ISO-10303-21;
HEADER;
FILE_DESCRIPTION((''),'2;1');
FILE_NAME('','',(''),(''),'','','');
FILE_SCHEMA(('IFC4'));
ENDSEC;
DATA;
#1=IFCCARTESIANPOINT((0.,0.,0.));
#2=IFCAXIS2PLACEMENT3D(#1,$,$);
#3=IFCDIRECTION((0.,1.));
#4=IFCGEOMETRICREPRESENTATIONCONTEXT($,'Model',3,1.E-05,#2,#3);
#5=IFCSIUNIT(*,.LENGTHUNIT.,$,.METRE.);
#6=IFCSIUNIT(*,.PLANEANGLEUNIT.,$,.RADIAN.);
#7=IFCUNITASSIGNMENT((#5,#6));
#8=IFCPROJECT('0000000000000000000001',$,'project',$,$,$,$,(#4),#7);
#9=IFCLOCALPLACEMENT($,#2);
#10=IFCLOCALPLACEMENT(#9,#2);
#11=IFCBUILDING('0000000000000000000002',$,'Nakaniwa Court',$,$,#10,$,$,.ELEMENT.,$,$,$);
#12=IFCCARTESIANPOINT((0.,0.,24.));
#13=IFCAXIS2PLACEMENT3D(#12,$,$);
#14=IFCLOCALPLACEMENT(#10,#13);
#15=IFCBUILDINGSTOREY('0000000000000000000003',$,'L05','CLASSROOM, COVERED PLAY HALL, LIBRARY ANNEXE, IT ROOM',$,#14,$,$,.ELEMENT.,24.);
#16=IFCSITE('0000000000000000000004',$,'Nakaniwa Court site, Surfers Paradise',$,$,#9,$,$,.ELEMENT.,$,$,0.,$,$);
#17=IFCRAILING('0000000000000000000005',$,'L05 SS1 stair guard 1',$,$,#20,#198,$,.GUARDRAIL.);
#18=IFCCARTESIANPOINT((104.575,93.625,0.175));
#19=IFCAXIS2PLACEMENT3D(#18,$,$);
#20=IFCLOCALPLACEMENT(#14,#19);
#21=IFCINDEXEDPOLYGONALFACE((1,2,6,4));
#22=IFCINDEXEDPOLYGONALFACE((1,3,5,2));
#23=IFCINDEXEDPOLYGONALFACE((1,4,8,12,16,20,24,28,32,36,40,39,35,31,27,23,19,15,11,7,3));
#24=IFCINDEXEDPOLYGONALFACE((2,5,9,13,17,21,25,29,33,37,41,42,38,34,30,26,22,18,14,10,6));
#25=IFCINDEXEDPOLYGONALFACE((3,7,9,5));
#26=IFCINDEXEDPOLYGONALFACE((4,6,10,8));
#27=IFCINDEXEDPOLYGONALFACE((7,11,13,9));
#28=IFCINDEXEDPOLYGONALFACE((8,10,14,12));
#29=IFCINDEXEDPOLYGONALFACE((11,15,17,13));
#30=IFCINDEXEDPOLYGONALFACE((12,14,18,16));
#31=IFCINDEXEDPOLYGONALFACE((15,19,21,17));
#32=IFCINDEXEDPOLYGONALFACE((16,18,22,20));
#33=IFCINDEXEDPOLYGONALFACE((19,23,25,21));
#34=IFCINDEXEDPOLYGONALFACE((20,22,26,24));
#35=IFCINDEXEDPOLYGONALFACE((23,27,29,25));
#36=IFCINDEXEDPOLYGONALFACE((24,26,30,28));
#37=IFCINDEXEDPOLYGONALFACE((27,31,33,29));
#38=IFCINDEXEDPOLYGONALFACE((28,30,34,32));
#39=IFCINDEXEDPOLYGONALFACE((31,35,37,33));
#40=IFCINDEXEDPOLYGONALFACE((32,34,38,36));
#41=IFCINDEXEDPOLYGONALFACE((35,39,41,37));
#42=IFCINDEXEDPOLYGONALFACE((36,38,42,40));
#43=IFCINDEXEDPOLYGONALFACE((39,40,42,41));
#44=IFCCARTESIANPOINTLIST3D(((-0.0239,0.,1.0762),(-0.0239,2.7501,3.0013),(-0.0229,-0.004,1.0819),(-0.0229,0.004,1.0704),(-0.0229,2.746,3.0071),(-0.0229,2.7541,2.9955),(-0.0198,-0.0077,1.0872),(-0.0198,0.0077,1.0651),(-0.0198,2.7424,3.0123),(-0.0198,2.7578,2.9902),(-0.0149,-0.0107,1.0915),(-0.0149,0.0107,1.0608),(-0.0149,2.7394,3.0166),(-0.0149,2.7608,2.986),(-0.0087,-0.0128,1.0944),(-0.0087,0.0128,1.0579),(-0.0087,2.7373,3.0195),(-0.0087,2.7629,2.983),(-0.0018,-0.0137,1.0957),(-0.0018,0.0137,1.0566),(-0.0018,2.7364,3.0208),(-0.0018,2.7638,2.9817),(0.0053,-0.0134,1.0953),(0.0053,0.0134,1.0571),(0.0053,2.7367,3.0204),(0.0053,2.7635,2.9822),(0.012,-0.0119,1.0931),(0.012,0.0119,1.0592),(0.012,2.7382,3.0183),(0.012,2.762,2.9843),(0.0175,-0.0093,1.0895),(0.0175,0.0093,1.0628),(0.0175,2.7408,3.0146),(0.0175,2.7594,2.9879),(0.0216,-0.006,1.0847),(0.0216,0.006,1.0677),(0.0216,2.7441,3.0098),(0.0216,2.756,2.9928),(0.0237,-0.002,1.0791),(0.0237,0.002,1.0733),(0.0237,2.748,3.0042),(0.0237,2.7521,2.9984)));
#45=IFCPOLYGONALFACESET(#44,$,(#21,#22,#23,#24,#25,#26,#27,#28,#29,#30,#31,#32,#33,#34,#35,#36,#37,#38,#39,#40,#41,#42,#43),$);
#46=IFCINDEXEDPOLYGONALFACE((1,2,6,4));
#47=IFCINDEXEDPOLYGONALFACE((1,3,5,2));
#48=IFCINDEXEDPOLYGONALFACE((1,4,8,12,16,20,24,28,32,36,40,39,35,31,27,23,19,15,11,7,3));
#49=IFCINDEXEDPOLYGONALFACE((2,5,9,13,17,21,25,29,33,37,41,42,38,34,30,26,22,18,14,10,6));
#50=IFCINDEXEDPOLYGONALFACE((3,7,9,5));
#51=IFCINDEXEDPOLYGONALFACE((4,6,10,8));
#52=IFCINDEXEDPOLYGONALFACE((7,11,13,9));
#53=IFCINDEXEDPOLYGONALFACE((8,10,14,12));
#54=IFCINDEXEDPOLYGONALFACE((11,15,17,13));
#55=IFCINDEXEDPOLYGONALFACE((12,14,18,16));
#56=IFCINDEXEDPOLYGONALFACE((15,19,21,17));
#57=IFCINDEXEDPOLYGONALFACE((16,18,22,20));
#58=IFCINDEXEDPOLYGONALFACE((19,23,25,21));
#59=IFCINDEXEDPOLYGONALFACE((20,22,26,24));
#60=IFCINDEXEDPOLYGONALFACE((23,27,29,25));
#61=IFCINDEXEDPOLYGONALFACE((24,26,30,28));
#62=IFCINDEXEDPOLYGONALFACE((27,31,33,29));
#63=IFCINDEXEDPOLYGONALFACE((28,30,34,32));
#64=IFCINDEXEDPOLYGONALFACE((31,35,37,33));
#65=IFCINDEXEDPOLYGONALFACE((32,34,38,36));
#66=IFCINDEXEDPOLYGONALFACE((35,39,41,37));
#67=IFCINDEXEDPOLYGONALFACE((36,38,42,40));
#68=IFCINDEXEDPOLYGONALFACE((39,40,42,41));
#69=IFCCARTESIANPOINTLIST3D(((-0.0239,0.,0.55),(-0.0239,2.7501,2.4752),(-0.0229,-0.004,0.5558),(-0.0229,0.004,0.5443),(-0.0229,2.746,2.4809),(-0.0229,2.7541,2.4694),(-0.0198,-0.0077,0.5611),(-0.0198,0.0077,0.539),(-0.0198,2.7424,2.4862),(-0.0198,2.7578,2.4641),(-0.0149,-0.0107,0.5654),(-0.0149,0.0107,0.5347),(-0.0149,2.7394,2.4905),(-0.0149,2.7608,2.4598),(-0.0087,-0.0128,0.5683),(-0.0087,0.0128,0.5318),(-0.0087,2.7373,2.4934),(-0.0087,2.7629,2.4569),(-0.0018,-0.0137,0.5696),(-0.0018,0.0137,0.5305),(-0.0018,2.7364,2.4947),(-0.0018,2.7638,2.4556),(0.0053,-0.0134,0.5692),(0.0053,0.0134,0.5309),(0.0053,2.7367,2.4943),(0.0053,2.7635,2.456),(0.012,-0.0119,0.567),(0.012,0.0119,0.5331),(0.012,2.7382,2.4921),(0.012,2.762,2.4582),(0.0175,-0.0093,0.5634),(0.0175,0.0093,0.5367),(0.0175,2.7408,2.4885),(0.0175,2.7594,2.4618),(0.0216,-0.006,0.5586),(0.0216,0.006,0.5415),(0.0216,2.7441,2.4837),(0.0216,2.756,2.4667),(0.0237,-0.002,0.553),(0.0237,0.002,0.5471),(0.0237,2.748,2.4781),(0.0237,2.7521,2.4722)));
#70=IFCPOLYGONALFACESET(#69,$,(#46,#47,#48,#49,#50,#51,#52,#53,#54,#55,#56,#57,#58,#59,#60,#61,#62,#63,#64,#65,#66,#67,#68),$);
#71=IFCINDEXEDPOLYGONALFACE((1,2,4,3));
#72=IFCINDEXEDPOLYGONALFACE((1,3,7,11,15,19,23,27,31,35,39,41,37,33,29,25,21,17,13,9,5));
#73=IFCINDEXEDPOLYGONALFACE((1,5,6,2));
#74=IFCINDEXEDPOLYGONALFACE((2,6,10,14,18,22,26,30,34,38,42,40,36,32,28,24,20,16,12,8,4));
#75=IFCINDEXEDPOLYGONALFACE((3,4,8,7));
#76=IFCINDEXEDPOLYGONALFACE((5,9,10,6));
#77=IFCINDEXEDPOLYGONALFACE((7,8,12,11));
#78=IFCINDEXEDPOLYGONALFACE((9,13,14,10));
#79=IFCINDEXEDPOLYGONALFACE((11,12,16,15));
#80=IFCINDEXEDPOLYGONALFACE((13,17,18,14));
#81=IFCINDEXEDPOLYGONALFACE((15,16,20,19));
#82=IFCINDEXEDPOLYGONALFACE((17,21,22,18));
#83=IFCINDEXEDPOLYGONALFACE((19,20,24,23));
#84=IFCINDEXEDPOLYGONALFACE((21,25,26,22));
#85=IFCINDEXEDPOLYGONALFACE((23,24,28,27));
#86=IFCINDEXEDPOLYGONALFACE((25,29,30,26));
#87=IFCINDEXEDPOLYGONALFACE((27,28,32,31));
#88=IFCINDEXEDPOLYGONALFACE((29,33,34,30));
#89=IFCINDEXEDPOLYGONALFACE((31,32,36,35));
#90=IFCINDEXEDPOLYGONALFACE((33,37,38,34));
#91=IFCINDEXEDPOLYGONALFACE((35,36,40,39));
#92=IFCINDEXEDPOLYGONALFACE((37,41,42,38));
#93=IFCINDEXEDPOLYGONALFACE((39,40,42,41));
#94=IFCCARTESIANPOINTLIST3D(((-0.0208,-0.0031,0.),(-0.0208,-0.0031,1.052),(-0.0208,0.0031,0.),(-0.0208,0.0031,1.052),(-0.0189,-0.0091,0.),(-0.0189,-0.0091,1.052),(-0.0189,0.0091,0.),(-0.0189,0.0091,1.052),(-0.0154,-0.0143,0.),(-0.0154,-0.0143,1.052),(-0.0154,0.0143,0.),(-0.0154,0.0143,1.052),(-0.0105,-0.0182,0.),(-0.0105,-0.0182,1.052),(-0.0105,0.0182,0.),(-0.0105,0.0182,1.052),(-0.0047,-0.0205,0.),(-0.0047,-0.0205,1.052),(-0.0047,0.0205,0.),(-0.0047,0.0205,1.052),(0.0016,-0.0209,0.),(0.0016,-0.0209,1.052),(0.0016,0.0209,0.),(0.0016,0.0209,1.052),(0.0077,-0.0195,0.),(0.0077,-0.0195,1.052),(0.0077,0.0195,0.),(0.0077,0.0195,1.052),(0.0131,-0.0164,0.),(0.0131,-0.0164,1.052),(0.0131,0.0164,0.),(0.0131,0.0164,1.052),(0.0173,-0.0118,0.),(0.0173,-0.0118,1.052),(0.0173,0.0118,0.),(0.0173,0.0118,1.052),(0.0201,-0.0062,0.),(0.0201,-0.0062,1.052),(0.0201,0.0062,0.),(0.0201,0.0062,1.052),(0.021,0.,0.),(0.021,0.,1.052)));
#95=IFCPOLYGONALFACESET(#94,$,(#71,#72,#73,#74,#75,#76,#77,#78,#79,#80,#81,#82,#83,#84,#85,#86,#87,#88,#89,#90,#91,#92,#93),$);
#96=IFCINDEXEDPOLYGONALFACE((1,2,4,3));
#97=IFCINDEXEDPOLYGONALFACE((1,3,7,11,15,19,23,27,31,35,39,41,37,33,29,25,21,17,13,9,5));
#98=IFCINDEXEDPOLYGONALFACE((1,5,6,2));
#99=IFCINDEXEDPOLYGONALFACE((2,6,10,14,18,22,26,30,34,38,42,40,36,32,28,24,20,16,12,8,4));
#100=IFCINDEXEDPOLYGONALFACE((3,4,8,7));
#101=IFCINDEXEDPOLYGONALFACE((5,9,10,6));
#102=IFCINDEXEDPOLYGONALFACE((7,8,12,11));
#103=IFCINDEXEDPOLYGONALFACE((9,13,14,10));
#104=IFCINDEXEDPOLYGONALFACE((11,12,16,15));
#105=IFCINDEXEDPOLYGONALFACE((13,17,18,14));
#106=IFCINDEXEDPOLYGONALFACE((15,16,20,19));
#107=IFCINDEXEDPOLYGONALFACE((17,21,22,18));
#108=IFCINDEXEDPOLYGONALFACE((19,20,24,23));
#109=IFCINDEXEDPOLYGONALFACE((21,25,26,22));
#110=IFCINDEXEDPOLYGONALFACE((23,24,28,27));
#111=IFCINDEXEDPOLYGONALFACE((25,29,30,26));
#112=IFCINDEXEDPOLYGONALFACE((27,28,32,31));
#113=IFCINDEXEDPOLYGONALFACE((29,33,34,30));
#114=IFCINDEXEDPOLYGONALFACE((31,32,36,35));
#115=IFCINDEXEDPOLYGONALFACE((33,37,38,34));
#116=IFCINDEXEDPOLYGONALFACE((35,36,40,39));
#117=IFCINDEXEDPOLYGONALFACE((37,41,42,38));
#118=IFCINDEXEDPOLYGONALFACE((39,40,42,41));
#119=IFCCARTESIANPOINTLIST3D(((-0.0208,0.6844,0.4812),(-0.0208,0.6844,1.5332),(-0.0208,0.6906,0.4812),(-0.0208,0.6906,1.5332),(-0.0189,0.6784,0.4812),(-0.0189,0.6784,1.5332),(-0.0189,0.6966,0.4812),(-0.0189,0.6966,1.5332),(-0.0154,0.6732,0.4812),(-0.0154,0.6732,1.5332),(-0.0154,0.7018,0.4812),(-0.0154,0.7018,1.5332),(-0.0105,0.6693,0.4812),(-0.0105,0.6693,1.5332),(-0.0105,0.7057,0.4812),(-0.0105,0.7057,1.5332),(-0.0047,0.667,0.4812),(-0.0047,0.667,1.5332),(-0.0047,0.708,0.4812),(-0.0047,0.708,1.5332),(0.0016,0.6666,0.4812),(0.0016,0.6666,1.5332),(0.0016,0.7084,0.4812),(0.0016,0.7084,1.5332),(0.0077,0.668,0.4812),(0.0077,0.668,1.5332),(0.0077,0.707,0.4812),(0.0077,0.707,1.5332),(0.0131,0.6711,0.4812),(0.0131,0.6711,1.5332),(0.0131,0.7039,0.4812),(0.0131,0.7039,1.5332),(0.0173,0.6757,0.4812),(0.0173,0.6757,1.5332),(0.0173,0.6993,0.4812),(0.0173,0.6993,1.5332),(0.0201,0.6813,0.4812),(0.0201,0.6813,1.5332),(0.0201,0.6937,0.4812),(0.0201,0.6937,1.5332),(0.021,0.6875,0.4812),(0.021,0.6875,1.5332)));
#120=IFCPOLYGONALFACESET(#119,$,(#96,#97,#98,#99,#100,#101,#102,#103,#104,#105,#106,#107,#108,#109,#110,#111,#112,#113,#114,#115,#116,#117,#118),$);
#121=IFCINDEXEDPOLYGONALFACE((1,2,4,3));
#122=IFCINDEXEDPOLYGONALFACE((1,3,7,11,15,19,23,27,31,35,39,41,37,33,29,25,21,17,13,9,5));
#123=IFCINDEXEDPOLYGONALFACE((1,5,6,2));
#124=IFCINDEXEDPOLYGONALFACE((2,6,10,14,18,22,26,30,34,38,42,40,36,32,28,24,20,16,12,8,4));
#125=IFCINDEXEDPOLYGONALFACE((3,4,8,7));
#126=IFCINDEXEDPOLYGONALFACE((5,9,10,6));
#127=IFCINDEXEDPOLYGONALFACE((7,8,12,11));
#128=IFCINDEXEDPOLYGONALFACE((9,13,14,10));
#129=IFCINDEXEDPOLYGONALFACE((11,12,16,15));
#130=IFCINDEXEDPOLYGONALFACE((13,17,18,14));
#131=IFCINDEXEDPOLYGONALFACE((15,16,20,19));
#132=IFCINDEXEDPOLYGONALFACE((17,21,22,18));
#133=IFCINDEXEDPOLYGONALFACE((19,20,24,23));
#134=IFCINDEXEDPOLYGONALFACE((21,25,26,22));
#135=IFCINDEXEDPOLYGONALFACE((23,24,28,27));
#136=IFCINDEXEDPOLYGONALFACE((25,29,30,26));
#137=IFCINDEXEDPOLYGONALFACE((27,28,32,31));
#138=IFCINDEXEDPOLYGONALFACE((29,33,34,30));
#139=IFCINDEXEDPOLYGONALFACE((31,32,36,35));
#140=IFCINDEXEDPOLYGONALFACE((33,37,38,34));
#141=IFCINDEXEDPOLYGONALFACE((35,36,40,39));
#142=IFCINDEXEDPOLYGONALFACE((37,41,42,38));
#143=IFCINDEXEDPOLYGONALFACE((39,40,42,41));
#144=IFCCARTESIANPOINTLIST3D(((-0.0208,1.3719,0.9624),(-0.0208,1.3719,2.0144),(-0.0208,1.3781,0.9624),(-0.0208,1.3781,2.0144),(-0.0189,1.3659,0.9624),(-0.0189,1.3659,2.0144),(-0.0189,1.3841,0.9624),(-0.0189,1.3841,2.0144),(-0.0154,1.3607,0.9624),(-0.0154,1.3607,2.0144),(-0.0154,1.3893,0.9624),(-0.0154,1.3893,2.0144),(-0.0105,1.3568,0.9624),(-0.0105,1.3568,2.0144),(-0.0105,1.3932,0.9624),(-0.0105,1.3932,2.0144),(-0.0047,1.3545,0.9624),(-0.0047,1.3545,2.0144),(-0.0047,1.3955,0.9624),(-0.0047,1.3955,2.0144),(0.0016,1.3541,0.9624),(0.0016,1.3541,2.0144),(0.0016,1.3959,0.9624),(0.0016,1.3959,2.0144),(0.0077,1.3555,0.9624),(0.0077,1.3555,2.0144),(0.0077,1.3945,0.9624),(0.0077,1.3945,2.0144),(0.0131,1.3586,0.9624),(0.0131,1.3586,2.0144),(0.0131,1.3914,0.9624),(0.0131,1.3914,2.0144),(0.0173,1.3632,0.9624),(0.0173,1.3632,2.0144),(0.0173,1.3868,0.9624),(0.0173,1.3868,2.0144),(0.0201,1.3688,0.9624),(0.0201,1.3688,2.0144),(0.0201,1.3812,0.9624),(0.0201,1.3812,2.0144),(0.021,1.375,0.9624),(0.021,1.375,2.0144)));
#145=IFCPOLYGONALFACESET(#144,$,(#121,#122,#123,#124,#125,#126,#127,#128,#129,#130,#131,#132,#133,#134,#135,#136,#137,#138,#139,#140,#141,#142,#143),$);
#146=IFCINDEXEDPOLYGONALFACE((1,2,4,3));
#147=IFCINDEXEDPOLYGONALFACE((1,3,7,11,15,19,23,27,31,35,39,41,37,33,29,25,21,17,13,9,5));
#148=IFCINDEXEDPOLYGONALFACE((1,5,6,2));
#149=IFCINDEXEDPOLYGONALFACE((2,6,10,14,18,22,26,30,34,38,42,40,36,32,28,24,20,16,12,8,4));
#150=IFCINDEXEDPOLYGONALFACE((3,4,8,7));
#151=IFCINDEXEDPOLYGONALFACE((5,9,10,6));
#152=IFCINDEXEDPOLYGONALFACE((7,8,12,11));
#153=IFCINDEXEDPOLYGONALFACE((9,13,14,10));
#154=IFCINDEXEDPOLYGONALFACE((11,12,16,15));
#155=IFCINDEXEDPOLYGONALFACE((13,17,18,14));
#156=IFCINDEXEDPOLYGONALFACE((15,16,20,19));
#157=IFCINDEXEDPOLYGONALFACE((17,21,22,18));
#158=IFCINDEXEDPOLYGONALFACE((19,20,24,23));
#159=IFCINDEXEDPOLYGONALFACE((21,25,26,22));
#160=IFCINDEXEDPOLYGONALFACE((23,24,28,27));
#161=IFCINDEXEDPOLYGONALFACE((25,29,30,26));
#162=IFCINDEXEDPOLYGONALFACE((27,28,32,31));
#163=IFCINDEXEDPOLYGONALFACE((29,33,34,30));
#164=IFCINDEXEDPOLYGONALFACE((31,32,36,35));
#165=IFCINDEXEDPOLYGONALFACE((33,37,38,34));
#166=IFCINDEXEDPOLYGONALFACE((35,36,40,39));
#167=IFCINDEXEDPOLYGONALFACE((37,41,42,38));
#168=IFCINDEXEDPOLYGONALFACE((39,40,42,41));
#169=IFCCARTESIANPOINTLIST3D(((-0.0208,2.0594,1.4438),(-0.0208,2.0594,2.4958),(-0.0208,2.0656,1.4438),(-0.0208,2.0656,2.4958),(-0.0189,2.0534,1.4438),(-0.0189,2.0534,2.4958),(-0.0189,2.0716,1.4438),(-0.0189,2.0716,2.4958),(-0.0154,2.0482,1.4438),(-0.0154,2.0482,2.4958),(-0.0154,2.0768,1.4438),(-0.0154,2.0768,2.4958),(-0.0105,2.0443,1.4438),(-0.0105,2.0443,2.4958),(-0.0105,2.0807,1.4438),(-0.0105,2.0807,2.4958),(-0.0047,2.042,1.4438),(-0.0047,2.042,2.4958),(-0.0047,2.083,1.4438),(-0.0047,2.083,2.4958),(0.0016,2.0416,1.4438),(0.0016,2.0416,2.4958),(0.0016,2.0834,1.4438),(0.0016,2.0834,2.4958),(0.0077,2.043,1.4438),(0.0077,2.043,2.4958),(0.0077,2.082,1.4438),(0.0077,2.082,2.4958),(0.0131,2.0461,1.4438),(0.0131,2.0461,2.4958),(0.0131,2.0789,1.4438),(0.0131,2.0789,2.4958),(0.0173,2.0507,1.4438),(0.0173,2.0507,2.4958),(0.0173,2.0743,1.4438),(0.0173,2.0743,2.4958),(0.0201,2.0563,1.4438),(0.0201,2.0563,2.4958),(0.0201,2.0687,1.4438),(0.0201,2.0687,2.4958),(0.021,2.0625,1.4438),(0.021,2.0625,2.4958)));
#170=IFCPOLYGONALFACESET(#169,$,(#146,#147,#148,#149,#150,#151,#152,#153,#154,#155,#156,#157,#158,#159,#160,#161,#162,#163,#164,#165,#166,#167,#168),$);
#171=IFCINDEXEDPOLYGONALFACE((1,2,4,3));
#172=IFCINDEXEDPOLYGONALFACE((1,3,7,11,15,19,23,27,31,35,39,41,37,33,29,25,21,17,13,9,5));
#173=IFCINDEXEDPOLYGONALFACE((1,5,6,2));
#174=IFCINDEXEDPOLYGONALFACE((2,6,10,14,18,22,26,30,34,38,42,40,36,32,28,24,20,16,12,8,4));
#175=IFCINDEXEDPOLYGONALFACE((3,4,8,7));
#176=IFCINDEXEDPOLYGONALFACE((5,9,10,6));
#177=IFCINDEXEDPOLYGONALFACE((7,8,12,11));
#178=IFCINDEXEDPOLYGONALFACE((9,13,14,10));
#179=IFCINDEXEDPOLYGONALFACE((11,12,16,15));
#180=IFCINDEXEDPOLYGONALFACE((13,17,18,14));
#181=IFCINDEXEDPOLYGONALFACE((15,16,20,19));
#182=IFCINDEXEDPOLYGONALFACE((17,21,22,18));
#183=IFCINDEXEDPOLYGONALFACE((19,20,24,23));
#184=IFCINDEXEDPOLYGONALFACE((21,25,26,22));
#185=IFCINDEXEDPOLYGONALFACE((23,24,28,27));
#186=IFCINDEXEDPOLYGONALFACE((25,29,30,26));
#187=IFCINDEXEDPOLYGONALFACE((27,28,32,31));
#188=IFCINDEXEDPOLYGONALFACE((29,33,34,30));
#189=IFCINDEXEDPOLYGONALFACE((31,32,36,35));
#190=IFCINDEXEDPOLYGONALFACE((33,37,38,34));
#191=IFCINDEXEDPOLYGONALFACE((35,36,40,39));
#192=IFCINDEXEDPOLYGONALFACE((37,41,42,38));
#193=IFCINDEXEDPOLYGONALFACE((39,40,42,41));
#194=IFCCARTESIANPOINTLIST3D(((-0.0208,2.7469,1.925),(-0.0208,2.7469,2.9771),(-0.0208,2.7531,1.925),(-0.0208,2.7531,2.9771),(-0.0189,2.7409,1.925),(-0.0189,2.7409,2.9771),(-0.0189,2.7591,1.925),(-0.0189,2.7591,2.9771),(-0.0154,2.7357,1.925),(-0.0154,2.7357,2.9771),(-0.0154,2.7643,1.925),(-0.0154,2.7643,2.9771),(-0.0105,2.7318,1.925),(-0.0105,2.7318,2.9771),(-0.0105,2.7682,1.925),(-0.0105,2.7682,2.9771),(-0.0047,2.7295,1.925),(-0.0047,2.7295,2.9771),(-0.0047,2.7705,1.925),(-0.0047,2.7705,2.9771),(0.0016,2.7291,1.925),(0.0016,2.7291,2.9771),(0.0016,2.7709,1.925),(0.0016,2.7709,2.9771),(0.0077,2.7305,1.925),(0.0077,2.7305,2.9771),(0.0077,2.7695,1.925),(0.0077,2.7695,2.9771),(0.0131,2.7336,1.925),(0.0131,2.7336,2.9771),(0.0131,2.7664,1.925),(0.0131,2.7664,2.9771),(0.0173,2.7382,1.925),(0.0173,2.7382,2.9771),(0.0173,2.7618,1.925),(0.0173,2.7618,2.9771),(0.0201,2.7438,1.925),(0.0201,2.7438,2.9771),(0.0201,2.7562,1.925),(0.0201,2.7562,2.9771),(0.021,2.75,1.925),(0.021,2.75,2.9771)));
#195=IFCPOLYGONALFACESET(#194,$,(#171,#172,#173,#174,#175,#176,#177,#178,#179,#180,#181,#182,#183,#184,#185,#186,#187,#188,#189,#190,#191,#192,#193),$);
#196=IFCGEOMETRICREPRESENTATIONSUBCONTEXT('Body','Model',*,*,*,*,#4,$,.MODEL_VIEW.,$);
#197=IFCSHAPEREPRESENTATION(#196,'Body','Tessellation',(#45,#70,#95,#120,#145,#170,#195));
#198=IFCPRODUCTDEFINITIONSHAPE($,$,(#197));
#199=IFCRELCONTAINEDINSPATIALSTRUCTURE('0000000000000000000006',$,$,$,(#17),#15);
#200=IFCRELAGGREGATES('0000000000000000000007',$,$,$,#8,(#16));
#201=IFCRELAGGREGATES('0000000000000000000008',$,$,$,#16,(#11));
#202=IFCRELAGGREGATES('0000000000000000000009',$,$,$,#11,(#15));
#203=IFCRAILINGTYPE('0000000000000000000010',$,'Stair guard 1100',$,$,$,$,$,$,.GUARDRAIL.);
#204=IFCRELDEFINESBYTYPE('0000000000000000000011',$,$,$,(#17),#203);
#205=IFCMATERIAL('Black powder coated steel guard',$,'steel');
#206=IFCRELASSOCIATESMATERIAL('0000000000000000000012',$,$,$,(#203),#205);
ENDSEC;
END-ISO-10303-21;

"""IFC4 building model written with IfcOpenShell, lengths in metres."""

from ifc_helpers import new_model, si_unit, direction, frame, origin, origin_2d, place, context, subcontext, project, spatial, circle, extrude, material, type_object, element, save


model = new_model("IFC4")

# Units and contexts
model_context = context("Model", 3, precision=1e-05, world=origin(), true_north=direction((0.0, 1.0)))
body_context = subcontext(model_context, "Body", "Model", "MODEL_VIEW")
ifc_project = project(units=[si_unit("LENGTHUNIT", "METRE"), si_unit("PLANEANGLEUNIT", "RADIAN")], contexts=[model_context])

# Site, building, storey
site_placement = place(None, origin())
site = spatial("IfcSite", under=ifc_project, at=site_placement, Name="Nakaniwa Court site, Surfers Paradise", CompositionType="ELEMENT", RefElevation=0.0)
building_placement = place(site_placement, origin())
building = spatial("IfcBuilding", under=site, at=building_placement, Name="Nakaniwa Court", CompositionType="ELEMENT")
storey_placement = place(building_placement, frame((0.0, 0.0, 24.0)))
storey = spatial("IfcBuildingStorey", under=building, at=storey_placement, Name="L05", Description="CLASSROOM, COVERED PLAY HALL, LIBRARY ANNEXE, IT ROOM", CompositionType="ELEMENT", Elevation=24.0)

# Railing
ifc_material_1 = material(Name="Black powder coated steel guard", Category="steel")
railing_type_1 = type_object("IfcRailingType", Name="Stair guard 1100", PredefinedType="GUARDRAIL", material=ifc_material_1)
railing_1_placement = place(storey_placement, frame((104.575, 93.625, 0.175)))
element("IfcRailing", 1, at=railing_1_placement, inside=storey, type_object=railing_type_1, Name="L05 SS1 stair guard 1", PredefinedType="GUARDRAIL", context=body_context, shape_type="SweptSolid", body=[
    extrude(circle(Radius=0.0239, at=origin_2d()), frame((0.0, 0.0, 1.0762), z_axis=(0.0, 0.819225, 0.573472), x_axis=(-1.0, 0.0, 0.0)), (0.0, 0.0, 1.0), 3.3569),
    extrude(circle(Radius=0.0239, at=origin_2d()), frame((0.0, 0.0, 0.55), z_axis=(0.0, 0.819225, 0.573472), x_axis=(-1.0, 0.0, 0.0)), (0.0, 0.0, 1.0), 3.3569),
    extrude(circle(Radius=0.021, at=origin_2d()), origin(), (0.0, 0.0, 1.0), 1.052),
    extrude(circle(Radius=0.021, at=origin_2d()), frame((0.0, 0.6875, 0.4812)), (0.0, 0.0, 1.0), 1.052),
    extrude(circle(Radius=0.021, at=origin_2d()), frame((0.0, 1.375, 0.9624)), (0.0, 0.0, 1.0), 1.052),
    extrude(circle(Radius=0.021, at=origin_2d()), frame((0.0, 2.0625, 1.4438)), (0.0, 0.0, 1.0), 1.052),
    extrude(circle(Radius=0.021, at=origin_2d()), frame((0.0, 2.75, 1.925)), (0.0, 0.0, 1.0), 1.052),
])

save(model, "model.ifc")
